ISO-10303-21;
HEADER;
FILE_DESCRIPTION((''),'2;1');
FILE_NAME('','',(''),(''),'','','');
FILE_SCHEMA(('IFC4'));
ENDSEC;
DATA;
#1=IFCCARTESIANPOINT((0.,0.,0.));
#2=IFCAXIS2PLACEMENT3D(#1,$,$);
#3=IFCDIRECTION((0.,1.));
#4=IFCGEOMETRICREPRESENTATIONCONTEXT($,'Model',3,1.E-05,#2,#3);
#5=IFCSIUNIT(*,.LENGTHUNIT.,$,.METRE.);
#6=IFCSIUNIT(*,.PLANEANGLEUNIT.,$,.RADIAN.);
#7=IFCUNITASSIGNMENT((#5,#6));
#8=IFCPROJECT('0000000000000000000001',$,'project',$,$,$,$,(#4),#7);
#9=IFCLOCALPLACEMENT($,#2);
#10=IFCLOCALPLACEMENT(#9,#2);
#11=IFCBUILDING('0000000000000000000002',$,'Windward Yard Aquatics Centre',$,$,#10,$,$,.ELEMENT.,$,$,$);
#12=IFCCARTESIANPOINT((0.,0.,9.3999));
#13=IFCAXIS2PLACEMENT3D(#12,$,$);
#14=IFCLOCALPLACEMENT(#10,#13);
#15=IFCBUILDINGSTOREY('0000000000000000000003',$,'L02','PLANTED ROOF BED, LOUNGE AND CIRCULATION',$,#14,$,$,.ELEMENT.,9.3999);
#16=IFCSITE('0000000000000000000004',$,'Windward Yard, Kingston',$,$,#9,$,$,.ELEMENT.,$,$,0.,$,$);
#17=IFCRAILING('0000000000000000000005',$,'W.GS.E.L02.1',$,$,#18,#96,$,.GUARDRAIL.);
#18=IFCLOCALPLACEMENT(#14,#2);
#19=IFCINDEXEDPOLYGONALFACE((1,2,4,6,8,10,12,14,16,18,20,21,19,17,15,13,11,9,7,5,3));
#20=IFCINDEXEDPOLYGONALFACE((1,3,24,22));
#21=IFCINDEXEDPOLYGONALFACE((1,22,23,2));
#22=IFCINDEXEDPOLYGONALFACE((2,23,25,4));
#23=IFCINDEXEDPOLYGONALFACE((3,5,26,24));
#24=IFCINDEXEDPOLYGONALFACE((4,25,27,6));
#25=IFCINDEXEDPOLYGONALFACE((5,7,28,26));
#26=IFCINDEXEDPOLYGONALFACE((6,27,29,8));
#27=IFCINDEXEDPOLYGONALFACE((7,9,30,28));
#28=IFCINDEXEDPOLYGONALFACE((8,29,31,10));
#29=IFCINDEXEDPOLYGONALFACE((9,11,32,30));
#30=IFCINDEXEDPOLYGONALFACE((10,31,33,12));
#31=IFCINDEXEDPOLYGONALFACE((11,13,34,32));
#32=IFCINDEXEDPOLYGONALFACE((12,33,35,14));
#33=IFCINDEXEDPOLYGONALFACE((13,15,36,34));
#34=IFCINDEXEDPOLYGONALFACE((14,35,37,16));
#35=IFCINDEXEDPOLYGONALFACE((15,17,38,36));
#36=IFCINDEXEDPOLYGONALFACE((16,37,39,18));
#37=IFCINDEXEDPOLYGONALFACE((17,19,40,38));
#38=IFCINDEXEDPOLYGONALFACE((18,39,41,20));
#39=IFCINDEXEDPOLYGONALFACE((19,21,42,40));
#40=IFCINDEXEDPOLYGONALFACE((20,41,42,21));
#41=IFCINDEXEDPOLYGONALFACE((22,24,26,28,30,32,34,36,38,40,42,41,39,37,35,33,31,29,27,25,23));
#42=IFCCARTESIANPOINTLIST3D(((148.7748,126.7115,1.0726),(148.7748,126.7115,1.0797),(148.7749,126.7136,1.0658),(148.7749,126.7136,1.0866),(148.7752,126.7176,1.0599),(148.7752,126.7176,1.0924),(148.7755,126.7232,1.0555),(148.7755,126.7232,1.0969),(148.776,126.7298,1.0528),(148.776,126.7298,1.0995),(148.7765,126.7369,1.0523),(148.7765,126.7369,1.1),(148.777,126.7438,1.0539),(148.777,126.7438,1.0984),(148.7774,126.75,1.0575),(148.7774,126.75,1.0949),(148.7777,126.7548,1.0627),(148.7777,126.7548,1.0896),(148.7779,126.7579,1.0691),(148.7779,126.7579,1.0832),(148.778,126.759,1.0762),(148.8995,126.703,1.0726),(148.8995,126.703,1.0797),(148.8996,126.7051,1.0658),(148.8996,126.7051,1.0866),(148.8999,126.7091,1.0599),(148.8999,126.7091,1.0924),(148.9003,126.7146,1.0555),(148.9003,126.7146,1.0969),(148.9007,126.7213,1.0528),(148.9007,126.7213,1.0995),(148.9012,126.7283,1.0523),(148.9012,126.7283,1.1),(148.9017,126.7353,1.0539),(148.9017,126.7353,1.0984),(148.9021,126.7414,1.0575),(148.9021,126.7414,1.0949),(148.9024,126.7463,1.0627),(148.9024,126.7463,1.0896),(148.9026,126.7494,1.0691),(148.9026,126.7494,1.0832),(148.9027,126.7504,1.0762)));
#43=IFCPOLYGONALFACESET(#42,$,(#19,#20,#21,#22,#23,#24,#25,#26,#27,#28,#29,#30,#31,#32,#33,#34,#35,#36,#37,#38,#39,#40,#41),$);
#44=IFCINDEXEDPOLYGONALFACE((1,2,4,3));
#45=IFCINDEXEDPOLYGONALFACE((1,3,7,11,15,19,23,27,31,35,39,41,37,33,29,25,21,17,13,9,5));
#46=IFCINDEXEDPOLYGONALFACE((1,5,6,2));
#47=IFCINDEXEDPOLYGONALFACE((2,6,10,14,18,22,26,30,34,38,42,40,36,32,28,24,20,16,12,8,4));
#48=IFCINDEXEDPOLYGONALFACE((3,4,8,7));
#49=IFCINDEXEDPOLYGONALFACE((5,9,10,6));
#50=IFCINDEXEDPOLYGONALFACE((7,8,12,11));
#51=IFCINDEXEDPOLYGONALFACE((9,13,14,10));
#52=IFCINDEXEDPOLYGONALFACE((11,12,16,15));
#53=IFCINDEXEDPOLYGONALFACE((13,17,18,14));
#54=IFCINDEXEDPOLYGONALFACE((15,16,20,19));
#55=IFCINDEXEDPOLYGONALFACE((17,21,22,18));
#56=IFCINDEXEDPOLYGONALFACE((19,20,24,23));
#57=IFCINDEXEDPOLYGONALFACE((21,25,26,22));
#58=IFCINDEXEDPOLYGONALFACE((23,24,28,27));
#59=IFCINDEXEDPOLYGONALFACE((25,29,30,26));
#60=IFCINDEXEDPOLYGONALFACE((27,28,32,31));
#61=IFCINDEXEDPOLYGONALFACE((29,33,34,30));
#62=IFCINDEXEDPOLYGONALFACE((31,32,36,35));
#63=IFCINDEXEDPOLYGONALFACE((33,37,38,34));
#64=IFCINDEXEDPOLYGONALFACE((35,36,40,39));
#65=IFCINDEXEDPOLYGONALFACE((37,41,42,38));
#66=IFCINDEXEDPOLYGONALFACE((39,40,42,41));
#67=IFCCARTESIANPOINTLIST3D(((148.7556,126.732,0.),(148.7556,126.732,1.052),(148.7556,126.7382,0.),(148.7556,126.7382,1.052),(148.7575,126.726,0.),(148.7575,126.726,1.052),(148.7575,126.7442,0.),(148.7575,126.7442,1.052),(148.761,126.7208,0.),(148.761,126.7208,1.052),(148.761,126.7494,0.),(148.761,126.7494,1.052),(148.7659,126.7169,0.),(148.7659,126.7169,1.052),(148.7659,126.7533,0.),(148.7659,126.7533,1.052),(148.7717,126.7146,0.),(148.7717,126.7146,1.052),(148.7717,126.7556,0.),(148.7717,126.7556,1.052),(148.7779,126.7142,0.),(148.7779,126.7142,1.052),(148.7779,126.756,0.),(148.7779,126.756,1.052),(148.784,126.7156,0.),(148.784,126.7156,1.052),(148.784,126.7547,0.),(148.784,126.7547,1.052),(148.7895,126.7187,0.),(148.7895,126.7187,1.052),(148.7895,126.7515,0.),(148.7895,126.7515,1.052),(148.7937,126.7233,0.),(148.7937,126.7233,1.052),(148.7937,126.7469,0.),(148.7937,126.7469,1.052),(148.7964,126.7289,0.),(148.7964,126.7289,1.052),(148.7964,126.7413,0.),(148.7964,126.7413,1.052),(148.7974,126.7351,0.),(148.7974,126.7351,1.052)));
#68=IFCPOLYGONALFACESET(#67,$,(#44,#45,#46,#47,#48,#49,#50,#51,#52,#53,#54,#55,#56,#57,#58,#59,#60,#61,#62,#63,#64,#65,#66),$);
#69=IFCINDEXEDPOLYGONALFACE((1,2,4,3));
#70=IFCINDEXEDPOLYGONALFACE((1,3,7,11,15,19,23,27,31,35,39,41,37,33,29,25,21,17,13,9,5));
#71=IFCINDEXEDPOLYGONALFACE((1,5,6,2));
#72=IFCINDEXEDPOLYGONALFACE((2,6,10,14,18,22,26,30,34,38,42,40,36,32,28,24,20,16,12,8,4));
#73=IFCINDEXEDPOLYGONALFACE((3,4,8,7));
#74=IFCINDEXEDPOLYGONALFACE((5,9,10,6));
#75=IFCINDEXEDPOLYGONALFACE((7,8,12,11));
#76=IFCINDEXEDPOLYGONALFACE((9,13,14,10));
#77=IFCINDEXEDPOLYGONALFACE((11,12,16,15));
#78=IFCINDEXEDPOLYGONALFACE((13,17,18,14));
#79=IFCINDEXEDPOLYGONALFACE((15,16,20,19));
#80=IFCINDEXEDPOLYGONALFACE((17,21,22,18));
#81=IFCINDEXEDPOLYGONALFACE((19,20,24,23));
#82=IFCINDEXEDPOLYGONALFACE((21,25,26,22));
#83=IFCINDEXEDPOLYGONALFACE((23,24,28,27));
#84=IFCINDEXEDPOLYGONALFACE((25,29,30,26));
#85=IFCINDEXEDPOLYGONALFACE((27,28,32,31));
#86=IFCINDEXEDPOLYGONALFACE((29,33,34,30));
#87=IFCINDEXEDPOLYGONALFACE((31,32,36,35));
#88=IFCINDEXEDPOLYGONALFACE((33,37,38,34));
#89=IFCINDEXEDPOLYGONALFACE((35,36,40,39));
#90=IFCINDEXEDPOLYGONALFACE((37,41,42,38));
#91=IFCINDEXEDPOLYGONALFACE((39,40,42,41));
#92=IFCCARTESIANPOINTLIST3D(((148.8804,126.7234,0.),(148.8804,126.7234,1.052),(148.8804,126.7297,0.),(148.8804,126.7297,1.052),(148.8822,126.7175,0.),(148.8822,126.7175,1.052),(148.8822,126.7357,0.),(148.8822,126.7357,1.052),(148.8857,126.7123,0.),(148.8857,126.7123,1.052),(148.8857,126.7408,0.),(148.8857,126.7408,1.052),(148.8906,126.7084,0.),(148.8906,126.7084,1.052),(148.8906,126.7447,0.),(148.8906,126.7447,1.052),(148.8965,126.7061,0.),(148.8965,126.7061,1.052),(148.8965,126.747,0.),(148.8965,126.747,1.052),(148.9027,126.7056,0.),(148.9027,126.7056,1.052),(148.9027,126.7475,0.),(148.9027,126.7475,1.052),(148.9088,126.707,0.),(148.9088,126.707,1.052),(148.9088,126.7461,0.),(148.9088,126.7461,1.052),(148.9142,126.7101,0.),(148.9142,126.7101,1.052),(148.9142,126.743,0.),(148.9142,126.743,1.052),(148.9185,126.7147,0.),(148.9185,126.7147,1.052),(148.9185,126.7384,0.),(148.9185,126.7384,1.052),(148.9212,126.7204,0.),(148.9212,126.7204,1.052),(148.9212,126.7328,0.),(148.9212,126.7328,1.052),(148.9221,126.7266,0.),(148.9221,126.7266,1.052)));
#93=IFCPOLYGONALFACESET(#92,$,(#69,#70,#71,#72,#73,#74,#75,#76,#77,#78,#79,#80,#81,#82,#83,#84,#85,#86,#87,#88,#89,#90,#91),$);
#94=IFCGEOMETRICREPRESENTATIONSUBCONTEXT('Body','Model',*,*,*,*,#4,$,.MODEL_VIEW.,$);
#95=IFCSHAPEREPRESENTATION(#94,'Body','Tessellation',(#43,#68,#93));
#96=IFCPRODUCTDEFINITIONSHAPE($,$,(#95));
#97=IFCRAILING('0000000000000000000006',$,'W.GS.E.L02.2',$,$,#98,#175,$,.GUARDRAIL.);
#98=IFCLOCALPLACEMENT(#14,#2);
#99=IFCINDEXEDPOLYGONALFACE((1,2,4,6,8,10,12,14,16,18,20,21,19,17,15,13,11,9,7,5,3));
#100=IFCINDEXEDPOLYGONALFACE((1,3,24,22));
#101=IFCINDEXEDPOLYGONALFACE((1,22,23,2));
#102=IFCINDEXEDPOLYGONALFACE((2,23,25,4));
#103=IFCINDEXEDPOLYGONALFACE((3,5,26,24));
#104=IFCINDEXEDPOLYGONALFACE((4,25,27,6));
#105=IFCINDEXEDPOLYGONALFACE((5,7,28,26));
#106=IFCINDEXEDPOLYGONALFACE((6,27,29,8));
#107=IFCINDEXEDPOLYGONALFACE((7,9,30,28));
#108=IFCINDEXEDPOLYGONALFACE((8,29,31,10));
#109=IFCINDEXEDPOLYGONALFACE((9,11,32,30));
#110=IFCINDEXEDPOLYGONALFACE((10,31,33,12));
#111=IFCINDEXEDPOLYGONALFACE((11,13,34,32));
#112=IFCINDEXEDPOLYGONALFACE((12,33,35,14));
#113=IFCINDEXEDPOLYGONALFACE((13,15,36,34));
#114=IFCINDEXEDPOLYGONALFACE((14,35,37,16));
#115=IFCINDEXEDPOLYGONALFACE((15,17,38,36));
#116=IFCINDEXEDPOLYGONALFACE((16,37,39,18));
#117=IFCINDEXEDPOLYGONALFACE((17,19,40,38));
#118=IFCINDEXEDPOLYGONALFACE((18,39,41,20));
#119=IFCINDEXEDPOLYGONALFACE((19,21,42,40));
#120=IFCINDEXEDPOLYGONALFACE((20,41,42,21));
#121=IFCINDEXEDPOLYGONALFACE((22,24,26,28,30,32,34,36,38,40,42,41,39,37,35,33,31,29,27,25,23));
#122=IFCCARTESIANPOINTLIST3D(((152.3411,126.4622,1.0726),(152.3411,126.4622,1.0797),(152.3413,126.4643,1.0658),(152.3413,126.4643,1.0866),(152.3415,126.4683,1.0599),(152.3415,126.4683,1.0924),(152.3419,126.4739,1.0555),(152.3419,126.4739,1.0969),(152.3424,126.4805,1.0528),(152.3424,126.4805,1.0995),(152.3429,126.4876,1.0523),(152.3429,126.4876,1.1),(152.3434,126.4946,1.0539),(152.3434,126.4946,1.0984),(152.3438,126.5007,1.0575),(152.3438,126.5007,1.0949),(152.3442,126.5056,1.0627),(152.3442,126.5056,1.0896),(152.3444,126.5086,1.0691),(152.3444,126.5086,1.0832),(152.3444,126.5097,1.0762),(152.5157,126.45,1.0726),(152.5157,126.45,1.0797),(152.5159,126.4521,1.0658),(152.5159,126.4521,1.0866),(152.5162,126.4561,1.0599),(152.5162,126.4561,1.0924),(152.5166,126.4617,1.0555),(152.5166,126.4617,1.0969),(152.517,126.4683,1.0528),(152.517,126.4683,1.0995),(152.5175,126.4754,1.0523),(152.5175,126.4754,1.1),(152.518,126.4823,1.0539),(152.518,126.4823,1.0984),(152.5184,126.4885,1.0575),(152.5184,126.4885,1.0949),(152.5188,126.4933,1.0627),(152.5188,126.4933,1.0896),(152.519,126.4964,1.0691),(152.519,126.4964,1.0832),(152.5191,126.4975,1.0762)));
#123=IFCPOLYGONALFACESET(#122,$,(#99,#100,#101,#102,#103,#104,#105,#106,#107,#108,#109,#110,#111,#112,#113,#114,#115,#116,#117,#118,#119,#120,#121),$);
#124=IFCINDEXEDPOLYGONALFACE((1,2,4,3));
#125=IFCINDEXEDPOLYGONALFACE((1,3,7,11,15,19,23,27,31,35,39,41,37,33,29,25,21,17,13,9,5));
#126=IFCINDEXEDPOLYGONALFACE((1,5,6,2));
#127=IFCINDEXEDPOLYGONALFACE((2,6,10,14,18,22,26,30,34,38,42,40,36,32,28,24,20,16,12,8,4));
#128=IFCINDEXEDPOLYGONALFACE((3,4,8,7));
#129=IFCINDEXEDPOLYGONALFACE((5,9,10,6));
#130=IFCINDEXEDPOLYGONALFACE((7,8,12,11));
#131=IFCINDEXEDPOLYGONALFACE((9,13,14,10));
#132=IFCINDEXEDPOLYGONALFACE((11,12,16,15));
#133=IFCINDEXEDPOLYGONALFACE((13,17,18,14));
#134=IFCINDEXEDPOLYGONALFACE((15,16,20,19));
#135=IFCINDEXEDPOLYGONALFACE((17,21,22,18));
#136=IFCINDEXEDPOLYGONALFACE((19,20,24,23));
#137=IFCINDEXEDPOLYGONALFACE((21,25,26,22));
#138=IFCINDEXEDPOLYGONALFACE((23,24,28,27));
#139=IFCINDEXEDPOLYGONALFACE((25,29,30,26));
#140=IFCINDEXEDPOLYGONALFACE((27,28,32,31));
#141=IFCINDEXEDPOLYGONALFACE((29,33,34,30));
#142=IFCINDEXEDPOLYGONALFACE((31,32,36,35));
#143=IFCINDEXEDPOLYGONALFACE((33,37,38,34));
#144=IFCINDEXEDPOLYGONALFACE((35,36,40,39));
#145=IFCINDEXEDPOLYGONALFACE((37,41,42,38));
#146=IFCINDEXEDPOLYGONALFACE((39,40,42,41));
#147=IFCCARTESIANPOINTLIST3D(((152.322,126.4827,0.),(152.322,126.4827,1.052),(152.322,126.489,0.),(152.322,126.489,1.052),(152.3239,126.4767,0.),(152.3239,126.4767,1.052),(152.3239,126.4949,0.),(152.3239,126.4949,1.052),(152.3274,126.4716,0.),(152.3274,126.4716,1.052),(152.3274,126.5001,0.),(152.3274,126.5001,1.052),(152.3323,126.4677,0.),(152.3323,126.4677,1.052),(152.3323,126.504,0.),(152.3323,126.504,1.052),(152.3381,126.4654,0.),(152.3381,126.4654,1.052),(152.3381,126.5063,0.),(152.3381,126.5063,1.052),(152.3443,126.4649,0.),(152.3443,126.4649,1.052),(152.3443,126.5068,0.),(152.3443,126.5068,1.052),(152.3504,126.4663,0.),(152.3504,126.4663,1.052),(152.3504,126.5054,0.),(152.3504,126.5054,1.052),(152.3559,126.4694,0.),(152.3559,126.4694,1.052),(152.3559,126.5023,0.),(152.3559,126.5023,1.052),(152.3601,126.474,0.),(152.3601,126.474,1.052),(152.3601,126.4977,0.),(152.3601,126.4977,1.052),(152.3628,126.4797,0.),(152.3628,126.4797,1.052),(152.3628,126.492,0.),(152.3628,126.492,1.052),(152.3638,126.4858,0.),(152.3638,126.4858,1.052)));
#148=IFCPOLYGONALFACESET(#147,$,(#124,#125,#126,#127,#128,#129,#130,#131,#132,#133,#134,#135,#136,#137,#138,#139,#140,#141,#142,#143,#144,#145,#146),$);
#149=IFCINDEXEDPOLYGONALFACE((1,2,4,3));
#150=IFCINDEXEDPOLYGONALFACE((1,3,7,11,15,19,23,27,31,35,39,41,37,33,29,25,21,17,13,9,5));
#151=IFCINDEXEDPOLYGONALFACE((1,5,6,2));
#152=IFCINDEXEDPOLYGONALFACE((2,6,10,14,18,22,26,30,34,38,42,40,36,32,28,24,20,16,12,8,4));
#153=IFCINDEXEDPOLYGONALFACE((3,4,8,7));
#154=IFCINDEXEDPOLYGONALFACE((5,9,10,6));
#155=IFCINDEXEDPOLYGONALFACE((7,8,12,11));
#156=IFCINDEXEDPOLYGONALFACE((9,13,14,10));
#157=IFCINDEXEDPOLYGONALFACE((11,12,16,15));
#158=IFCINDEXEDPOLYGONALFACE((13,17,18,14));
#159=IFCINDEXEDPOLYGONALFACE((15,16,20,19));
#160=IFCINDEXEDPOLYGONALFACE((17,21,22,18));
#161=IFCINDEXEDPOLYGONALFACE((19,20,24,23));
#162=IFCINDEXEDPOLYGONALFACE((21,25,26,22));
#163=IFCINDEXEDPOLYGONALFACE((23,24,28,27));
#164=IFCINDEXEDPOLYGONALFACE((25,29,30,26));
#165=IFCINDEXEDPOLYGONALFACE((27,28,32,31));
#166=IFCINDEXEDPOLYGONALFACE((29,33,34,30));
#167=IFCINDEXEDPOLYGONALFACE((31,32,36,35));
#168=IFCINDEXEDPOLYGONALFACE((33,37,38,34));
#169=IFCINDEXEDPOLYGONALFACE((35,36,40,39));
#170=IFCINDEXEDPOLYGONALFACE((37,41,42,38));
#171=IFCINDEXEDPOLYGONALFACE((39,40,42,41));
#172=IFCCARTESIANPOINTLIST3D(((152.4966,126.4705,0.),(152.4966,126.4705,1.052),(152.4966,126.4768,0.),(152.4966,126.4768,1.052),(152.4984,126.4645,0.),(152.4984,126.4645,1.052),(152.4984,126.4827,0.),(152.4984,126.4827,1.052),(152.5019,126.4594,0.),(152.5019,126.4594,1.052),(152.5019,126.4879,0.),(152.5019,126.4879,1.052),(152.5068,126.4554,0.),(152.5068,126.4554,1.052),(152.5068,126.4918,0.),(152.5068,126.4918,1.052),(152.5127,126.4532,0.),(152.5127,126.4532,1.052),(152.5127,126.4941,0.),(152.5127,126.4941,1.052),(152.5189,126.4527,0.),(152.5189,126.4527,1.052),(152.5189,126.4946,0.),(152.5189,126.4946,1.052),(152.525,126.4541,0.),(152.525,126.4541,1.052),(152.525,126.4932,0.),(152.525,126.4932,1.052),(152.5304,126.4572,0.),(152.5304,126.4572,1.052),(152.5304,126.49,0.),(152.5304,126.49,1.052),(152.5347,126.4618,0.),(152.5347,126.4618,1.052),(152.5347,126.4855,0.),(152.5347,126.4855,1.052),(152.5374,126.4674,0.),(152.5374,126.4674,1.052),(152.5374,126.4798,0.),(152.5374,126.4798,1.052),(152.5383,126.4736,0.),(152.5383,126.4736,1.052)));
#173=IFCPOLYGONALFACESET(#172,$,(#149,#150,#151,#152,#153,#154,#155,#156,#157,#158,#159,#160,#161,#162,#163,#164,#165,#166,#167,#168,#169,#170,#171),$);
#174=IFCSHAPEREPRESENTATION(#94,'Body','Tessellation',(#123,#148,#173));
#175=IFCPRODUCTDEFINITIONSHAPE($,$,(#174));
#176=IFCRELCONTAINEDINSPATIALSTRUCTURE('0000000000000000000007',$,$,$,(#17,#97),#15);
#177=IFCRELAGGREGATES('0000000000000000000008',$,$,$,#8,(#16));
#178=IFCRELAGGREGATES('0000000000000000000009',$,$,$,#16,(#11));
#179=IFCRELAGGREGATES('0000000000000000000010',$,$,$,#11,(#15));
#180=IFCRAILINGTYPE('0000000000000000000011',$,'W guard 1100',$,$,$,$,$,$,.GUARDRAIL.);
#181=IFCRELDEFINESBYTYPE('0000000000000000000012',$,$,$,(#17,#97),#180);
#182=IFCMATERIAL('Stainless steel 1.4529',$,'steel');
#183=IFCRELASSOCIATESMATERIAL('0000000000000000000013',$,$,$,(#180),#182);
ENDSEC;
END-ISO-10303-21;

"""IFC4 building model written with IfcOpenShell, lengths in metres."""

from ifc_helpers import new_model, si_unit, direction, frame, origin, origin_2d, place, context, subcontext, project, spatial, circle, extrude, material, type_object, element, save


model = new_model("IFC4")

# Units and contexts
model_context = context("Model", 3, precision=1e-05, world=origin(), true_north=direction((0.0, 1.0)))
body_context = subcontext(model_context, "Body", "Model", "MODEL_VIEW")
ifc_project = project(units=[si_unit("LENGTHUNIT", "METRE"), si_unit("PLANEANGLEUNIT", "RADIAN")], contexts=[model_context])

# Site, building, storey
site_placement = place(None, origin())
site = spatial("IfcSite", under=ifc_project, at=site_placement, Name="Windward Yard, Kingston", CompositionType="ELEMENT", RefElevation=0.0)
building_placement = place(site_placement, origin())
building = spatial("IfcBuilding", under=site, at=building_placement, Name="Windward Yard Aquatics Centre", CompositionType="ELEMENT")
storey_placement = place(building_placement, frame((0.0, 0.0, 9.3999)))
storey = spatial("IfcBuildingStorey", under=building, at=storey_placement, Name="L02", Description="PLANTED ROOF BED, LOUNGE AND CIRCULATION", CompositionType="ELEMENT", Elevation=9.3999)

# Railings
ifc_material_1 = material(Name="Stainless steel 1.4529", Category="steel")
railing_type_1 = type_object("IfcRailingType", Name="W guard 1100", PredefinedType="GUARDRAIL", material=ifc_material_1)
railing_1_placement = place(storey_placement, frame((148.7764, 126.7351, 0.0)))
element("IfcRailing", 1, at=railing_1_placement, inside=storey, type_object=railing_type_1, Name="W.GS.E.L02.1", PredefinedType="GUARDRAIL", context=body_context, shape_type="SweptSolid", body=[
    extrude(circle(Radius=0.0239, at=origin_2d()), frame((0.0, 0.0, 1.0762), z_axis=(0.997663, -0.068333, 0.0), x_axis=(0.068333, 0.997663, 0.0)), (0.0, 0.0, 1.0), 0.125),
    extrude(circle(Radius=0.021, at=origin_2d()), origin(), (0.0, 0.0, 1.0), 1.052),
    extrude(circle(Radius=0.021, at=origin_2d()), frame((0.1248, -0.0085, 0.0)), (0.0, 0.0, 1.0), 1.052),
])
railing_2_placement = place(storey_placement, frame((152.3428, 126.4858, 0.0)))
element("IfcRailing", 2, at=railing_2_placement, inside=storey, type_object=railing_type_1, Name="W.GS.E.L02.2", PredefinedType="GUARDRAIL", context=body_context, shape_type="SweptSolid", body=[
    extrude(circle(Radius=0.0239, at=origin_2d()), frame((0.0, 0.0, 1.0762), z_axis=(0.997564, -0.06976, 0.0), x_axis=(0.06976, 0.997564, 0.0)), (0.0, 0.0, 1.0), 0.175),
    extrude(circle(Radius=0.021, at=origin_2d()), origin(), (0.0, 0.0, 1.0), 1.052),
    extrude(circle(Radius=0.021, at=origin_2d()), frame((0.1746, -0.0122, 0.0)), (0.0, 0.0, 1.0), 1.052),
])

save(model, "model.ifc")
